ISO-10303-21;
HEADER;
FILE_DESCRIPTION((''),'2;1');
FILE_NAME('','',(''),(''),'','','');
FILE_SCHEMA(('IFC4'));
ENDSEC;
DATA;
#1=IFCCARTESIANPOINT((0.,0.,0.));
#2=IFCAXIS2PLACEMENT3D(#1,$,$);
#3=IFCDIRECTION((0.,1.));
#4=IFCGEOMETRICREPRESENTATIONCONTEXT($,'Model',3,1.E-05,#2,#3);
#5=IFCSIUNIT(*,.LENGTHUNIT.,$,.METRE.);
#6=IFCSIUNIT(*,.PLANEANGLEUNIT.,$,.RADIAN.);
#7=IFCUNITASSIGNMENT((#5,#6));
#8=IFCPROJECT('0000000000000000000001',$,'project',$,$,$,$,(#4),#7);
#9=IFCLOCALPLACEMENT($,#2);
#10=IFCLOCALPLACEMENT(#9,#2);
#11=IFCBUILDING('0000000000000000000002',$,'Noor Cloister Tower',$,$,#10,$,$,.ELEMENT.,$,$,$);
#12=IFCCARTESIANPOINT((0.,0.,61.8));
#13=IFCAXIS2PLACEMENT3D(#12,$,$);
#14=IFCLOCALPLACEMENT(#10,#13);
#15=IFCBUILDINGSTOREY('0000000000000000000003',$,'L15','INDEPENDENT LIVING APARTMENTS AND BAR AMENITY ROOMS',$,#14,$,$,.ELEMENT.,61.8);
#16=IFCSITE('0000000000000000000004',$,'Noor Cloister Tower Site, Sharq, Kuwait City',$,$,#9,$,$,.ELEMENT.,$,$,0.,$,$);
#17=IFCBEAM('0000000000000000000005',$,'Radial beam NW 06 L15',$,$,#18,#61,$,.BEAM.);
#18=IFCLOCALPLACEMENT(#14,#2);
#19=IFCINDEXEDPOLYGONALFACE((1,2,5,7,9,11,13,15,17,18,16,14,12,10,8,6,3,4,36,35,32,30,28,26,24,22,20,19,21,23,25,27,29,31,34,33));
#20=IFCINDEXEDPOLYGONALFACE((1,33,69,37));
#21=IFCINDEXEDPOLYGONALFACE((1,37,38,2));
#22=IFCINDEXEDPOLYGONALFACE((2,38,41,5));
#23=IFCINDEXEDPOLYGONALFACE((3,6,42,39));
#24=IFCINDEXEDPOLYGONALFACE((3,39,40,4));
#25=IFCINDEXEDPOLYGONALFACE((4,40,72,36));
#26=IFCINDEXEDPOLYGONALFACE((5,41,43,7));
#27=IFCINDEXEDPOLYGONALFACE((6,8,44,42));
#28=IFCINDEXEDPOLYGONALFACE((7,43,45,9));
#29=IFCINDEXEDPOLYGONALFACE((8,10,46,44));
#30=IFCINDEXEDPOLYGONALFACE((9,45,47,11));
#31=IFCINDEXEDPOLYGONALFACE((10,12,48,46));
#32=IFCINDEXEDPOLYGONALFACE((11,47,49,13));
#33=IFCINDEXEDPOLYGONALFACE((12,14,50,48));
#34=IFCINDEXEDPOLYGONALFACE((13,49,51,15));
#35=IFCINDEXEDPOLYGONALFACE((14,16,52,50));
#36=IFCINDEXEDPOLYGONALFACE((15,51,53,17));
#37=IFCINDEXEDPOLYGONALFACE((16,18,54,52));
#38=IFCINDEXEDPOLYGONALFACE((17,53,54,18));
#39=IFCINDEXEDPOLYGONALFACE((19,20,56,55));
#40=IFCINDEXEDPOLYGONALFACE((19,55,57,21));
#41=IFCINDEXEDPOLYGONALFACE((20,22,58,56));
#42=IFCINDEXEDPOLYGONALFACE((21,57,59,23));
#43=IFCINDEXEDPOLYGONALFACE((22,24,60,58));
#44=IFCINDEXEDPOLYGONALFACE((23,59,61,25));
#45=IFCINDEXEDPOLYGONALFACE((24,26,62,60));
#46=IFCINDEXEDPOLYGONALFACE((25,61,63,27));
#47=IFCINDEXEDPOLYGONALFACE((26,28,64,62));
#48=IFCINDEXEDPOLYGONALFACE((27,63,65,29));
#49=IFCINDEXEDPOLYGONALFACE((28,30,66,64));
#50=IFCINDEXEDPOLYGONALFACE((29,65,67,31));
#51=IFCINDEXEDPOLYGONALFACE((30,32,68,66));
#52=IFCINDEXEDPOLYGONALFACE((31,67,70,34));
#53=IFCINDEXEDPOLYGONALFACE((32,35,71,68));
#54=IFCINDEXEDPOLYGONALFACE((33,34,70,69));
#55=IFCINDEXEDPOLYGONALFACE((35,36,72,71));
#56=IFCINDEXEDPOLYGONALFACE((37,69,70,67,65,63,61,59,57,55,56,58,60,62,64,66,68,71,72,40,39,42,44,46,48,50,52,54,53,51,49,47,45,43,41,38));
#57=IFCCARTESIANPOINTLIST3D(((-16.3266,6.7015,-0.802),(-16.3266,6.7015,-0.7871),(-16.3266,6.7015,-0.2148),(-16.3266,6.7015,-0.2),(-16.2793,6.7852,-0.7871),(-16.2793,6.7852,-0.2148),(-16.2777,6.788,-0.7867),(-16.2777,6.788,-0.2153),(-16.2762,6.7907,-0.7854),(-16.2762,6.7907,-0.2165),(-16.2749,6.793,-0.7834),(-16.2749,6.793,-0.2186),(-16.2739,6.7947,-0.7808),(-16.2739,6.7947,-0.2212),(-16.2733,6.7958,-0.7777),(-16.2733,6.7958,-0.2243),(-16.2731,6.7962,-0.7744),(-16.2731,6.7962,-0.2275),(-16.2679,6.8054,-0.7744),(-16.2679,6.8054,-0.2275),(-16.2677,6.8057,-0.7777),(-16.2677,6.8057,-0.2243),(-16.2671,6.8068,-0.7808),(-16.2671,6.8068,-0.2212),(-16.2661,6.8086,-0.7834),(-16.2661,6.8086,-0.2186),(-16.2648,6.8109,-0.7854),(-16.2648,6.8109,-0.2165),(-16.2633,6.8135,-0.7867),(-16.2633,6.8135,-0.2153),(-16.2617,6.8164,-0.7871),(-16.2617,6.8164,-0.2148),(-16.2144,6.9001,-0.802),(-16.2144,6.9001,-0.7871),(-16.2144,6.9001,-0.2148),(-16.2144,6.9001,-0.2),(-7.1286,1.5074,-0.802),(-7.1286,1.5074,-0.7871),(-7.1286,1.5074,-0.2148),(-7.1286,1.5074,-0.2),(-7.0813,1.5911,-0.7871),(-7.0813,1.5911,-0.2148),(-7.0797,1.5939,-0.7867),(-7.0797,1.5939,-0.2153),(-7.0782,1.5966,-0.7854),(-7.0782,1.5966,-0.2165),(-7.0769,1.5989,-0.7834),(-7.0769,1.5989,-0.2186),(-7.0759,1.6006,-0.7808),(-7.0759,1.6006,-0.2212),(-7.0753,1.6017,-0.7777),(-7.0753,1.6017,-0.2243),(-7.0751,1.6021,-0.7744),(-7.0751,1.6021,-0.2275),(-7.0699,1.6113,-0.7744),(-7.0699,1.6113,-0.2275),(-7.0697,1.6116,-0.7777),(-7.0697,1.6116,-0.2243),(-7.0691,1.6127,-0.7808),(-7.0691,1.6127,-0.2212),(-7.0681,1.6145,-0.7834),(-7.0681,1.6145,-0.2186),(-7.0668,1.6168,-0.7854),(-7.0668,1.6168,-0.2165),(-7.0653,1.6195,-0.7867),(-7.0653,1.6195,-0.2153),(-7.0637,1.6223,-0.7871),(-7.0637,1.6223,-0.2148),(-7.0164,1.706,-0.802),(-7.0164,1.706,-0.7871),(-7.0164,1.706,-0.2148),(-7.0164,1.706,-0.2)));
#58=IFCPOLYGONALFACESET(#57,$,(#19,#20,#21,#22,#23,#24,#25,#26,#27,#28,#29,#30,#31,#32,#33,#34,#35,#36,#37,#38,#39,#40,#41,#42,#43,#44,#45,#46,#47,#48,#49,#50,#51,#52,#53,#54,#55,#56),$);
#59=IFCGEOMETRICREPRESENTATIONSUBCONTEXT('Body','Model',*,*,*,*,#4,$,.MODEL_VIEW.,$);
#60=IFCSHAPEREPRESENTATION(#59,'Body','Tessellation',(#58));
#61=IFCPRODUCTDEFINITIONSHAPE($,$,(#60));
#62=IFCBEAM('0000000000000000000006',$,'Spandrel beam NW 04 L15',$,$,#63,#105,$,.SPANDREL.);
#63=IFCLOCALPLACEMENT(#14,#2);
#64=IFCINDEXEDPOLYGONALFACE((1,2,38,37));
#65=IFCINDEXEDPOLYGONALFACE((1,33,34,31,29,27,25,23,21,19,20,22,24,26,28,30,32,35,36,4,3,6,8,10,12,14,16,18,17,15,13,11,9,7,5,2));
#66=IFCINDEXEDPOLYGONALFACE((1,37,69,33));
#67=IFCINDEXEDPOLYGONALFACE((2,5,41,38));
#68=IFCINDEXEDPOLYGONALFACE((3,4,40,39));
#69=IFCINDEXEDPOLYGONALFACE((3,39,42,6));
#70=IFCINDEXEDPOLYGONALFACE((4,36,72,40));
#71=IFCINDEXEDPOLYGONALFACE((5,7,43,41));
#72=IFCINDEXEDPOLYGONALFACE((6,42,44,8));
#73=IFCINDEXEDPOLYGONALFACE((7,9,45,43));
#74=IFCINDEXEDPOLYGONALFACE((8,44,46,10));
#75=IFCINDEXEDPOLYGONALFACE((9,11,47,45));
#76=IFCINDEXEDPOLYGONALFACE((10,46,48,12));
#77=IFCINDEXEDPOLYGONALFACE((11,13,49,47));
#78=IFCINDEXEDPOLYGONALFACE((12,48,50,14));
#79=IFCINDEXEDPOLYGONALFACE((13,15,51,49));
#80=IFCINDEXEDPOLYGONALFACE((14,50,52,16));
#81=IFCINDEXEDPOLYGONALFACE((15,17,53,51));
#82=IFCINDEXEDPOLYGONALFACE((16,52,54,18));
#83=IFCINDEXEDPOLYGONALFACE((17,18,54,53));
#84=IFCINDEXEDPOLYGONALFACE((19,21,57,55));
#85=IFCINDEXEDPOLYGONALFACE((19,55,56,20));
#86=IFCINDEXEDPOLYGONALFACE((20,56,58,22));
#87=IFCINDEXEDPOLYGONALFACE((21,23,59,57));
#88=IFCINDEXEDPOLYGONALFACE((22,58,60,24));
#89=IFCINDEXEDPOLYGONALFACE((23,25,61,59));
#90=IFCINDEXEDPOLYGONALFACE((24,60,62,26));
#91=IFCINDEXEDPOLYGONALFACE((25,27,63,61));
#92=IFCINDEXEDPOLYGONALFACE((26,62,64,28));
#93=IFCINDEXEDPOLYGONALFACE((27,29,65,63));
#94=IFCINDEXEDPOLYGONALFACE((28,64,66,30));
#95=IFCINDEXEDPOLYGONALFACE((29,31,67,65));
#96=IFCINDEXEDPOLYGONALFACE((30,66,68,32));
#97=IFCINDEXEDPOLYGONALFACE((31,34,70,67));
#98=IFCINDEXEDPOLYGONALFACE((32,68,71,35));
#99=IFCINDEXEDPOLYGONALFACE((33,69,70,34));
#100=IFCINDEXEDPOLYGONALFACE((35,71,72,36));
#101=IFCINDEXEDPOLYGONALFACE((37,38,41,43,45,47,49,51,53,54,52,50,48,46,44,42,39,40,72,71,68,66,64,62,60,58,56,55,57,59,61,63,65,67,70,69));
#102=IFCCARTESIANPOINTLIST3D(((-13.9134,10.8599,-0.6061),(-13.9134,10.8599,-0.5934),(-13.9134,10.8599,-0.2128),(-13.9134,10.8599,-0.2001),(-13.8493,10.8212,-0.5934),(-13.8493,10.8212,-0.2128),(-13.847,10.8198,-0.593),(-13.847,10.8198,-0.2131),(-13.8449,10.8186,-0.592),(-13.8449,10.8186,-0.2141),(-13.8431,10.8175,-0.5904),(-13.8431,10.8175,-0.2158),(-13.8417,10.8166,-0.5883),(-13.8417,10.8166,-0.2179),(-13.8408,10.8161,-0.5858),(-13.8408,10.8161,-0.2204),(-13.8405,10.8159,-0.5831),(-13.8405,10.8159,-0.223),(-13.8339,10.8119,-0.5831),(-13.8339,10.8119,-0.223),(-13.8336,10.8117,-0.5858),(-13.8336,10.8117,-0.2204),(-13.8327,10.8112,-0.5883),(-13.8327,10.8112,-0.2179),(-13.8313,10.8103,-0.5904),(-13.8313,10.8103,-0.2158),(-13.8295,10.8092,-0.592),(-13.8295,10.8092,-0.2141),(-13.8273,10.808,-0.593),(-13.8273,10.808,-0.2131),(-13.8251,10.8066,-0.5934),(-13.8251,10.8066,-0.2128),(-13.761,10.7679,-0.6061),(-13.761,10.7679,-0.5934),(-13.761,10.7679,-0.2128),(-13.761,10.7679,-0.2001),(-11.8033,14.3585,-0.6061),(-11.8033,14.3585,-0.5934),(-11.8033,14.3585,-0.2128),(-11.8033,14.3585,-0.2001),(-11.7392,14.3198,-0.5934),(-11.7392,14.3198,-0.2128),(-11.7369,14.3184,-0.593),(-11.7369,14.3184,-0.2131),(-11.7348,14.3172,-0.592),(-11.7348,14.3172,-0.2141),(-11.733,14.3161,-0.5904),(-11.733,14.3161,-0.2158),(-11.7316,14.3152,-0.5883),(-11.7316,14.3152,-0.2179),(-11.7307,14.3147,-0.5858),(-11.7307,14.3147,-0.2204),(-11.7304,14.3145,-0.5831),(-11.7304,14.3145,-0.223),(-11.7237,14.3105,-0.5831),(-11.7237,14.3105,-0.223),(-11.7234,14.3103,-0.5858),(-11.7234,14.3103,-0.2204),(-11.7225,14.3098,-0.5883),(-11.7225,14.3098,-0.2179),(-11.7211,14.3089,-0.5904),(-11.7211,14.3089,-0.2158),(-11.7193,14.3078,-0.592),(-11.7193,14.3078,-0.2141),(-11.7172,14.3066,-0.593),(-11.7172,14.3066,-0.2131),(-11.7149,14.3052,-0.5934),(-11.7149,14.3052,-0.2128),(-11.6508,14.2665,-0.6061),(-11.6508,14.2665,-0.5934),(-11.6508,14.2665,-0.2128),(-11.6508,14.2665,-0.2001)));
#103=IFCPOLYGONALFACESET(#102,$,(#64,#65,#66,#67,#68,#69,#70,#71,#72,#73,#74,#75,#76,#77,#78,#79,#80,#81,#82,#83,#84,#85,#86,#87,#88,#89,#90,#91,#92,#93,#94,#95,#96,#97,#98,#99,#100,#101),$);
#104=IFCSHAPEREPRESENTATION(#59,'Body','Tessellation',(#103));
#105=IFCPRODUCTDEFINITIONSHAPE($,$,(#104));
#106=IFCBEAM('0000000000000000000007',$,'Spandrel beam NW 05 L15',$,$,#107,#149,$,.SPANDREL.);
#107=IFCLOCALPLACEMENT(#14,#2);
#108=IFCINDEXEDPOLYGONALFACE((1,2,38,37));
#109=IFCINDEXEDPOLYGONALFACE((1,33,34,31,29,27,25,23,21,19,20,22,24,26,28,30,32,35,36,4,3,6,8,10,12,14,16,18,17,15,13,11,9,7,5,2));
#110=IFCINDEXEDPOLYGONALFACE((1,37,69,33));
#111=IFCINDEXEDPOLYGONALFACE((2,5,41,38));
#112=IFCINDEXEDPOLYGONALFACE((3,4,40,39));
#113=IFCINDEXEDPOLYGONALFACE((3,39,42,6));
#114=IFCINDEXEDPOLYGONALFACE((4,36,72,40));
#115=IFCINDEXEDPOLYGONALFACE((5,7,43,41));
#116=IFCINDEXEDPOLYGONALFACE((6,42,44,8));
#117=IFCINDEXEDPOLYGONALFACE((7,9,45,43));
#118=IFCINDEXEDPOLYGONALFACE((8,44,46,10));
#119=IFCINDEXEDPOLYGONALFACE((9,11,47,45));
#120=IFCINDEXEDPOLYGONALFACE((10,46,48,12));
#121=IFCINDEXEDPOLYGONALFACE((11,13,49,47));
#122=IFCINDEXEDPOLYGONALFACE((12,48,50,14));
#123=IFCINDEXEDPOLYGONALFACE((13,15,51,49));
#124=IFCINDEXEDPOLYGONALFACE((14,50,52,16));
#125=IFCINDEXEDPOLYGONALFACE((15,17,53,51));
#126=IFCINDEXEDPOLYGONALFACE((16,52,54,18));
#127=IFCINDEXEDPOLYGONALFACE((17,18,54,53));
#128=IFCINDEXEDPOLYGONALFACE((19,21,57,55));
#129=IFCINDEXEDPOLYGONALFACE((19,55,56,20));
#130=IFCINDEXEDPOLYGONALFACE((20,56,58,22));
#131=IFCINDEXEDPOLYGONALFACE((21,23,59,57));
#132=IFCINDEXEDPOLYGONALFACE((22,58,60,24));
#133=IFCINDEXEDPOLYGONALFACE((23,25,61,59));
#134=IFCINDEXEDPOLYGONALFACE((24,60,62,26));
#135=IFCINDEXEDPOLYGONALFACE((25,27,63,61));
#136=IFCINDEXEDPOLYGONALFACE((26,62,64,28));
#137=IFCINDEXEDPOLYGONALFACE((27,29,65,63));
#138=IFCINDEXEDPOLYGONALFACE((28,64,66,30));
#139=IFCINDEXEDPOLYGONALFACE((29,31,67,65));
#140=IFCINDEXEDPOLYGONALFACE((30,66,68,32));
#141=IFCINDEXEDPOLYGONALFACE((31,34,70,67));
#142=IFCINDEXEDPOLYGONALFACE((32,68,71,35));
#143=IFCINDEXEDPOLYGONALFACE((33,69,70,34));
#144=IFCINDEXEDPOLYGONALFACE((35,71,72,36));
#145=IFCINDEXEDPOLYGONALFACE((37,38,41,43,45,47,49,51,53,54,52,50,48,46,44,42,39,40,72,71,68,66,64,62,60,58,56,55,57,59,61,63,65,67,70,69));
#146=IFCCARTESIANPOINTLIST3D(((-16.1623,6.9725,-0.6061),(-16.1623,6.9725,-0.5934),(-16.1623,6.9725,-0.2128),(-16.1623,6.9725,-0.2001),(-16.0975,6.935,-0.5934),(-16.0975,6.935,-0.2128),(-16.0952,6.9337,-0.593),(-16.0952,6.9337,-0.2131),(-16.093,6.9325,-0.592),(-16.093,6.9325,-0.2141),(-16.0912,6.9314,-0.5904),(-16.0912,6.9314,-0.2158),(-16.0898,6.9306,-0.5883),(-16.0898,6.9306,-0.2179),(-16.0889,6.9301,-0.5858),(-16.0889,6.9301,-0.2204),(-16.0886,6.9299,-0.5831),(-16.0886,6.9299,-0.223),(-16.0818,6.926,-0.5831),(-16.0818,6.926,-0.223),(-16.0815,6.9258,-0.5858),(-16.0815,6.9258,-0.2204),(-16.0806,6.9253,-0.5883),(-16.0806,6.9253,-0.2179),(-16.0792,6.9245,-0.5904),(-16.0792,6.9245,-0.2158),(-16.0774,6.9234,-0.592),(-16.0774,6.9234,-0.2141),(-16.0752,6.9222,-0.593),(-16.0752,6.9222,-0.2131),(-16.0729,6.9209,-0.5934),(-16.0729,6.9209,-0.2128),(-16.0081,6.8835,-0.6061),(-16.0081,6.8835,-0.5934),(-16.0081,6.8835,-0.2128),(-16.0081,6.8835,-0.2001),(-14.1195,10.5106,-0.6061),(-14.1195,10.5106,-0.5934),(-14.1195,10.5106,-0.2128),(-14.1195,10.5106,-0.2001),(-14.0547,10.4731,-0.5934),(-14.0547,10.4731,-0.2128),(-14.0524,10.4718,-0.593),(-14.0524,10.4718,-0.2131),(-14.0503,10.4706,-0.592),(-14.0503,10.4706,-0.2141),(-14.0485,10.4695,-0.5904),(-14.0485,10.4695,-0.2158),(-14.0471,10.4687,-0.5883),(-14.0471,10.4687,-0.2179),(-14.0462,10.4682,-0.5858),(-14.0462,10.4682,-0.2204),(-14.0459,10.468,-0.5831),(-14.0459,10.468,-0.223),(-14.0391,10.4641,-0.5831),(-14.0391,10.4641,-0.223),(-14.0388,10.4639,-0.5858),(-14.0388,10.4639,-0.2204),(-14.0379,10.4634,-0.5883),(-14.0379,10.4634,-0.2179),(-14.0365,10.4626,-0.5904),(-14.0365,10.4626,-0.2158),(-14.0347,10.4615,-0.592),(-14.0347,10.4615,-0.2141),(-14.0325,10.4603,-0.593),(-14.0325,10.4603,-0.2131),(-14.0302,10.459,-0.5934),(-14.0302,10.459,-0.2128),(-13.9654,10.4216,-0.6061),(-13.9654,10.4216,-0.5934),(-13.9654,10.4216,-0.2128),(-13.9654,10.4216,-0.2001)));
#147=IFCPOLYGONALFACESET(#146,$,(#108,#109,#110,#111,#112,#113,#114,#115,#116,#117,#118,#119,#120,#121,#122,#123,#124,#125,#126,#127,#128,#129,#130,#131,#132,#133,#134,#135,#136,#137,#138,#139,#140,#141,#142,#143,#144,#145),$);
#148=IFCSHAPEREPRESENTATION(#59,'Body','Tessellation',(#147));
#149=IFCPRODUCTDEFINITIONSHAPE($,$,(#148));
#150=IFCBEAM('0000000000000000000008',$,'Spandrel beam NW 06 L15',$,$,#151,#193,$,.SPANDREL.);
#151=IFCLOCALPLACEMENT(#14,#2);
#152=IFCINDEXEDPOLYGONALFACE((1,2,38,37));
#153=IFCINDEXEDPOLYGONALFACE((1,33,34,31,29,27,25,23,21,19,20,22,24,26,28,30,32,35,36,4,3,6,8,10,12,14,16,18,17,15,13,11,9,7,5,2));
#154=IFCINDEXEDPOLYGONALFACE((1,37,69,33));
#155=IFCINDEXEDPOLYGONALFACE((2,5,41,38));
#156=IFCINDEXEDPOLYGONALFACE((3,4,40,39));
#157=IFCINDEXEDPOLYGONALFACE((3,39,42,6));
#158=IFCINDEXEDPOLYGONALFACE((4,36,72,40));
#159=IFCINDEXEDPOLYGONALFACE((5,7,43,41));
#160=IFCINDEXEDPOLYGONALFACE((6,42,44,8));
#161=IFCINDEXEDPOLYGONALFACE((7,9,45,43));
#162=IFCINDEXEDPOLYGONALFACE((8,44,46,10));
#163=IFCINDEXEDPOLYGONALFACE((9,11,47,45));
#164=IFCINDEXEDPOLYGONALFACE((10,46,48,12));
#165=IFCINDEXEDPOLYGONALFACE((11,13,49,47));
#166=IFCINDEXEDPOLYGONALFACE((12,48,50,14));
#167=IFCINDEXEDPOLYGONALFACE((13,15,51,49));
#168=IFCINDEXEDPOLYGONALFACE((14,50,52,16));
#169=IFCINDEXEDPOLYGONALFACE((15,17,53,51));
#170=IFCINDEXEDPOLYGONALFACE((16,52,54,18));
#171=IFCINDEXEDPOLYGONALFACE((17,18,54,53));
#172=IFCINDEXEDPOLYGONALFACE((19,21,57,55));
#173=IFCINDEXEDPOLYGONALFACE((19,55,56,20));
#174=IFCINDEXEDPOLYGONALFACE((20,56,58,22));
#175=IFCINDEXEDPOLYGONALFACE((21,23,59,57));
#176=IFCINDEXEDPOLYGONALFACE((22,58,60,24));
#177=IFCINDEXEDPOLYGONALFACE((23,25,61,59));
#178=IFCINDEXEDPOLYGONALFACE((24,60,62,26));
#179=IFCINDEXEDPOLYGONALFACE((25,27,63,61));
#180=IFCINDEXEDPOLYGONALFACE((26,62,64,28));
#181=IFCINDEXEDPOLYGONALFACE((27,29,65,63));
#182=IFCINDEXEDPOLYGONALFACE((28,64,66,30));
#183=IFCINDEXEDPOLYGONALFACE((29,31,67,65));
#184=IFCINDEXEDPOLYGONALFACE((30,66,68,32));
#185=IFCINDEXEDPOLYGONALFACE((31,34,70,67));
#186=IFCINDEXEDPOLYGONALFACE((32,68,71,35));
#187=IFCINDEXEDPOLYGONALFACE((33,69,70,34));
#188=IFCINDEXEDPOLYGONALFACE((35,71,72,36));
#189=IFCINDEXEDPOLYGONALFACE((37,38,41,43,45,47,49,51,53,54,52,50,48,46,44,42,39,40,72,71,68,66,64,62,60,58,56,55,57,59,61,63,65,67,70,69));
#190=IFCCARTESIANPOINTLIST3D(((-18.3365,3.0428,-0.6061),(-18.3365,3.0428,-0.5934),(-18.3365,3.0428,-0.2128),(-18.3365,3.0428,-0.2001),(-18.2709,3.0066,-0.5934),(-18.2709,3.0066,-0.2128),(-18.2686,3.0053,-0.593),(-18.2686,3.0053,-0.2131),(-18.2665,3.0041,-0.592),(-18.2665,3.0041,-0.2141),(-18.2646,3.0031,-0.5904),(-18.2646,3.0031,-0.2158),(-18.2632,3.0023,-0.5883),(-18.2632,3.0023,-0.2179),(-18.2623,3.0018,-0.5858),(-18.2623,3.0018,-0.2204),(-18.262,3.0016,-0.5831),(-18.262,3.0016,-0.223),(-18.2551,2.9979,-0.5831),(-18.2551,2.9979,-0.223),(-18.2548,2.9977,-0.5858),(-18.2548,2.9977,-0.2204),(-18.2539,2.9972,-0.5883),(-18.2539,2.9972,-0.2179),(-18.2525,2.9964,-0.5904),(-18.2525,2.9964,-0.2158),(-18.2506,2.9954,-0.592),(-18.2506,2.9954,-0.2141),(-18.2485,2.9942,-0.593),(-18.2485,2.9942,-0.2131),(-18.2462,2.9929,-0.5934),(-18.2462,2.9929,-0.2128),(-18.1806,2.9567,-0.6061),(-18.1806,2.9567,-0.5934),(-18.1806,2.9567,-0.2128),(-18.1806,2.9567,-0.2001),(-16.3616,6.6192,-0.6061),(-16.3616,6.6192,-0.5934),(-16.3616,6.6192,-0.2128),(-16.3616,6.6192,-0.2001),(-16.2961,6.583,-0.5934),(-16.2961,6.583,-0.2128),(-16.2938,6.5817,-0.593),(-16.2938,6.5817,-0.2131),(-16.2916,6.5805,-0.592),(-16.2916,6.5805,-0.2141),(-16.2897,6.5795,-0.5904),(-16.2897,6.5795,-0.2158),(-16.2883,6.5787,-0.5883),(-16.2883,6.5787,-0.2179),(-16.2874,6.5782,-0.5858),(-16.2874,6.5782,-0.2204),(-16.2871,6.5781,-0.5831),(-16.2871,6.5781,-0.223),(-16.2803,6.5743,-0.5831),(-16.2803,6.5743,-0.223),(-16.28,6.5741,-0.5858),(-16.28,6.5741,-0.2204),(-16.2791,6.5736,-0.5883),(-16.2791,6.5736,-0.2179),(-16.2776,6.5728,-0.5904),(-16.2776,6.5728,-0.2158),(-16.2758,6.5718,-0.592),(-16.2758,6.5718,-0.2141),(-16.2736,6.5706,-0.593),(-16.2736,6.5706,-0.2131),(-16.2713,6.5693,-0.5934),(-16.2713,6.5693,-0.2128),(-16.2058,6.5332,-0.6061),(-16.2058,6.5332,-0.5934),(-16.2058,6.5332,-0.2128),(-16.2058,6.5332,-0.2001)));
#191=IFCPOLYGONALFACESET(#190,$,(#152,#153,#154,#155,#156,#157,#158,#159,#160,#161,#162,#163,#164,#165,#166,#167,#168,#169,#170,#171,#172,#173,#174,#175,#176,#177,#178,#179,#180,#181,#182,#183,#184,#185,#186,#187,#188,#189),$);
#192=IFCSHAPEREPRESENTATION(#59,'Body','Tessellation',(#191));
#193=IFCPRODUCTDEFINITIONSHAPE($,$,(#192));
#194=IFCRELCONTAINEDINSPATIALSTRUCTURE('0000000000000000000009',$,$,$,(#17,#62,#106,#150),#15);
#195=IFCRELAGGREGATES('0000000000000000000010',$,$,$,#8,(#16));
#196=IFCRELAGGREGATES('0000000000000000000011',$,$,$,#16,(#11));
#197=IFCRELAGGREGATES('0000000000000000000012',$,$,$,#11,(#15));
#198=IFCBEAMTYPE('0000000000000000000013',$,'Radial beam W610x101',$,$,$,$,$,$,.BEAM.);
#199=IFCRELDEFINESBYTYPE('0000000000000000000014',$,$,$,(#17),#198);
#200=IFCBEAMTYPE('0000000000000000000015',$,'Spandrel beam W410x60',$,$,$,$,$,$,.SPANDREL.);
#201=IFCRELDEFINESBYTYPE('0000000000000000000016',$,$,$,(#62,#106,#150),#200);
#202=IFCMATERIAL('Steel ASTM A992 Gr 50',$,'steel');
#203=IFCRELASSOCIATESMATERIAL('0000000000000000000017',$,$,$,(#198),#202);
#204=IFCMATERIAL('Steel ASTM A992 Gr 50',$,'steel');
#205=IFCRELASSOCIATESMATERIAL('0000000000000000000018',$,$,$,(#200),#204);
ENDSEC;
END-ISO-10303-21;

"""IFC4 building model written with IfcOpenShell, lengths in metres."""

from ifc_helpers import new_model, si_unit, direction, frame, origin, origin_2d, place, context, subcontext, project, spatial, i_section, extrude, material, material_profile, profile_set, type_object, element, save


model = new_model("IFC4")

# Units and contexts
model_context = context("Model", 3, precision=1e-05, world=origin(), true_north=direction((0.0, 1.0)))
body_context = subcontext(model_context, "Body", "Model", "MODEL_VIEW")
ifc_project = project(units=[si_unit("LENGTHUNIT", "METRE"), si_unit("PLANEANGLEUNIT", "RADIAN")], contexts=[model_context])

# Site, building, storey
site_placement = place(None, origin())
site = spatial("IfcSite", under=ifc_project, at=site_placement, Name="Noor Cloister Tower Site, Sharq, Kuwait City", CompositionType="ELEMENT", RefElevation=0.0)
building_placement = place(site_placement, origin())
building = spatial("IfcBuilding", under=site, at=building_placement, Name="Noor Cloister Tower", CompositionType="ELEMENT")
storey_placement = place(building_placement, frame((0.0, 0.0, 61.8)))
storey = spatial("IfcBuildingStorey", under=building, at=storey_placement, Name="L15", Description="INDEPENDENT LIVING APARTMENTS AND BAR AMENITY ROOMS", CompositionType="ELEMENT", Elevation=61.8)

# Beams
ifc_material_1 = material(Name="Steel ASTM A992 Gr 50", Category="steel")
ifc_material_profile_1 = material_profile(ifc_material_1, i_section(OverallWidth=0.228, OverallDepth=0.6021, WebThickness=0.0105, FlangeThickness=0.0149, FilletRadius=0.0127, at=origin_2d()), Name="W610x101")
ifc_profile_set_1 = profile_set([ifc_material_profile_1], Name="Steel ASTM A992 Gr 50")
beam_type_1 = type_object("IfcBeamType", Name="Radial beam W610x101", PredefinedType="BEAM", material=ifc_profile_set_1)
beam_1_placement = place(storey_placement, frame((-16.2705, 6.8008, -0.501), z_axis=(0.870756, -0.491715, 0.0), x_axis=(0.491715, 0.870756, 0.0)))
element("IfcBeam", 1, at=beam_1_placement, inside=storey, type_object=beam_type_1, Name="Radial beam NW 06 L15", PredefinedType="BEAM", context=body_context, shape_type="SweptSolid", body=[
    extrude(i_section(OverallWidth=0.228, OverallDepth=0.6021, WebThickness=0.0105, FlangeThickness=0.0149, FilletRadius=0.0127, at=origin_2d()), origin(), (0.0, 0.0, 1.0), 10.5632),
])
ifc_material_2 = material(Name="Steel ASTM A992 Gr 50", Category="steel")
ifc_material_profile_2 = material_profile(ifc_material_2, i_section(OverallWidth=0.178, OverallDepth=0.406, WebThickness=0.0078, FlangeThickness=0.0127, FilletRadius=0.0103, at=origin_2d()), Name="W410x60")
ifc_profile_set_2 = profile_set([ifc_material_profile_2], Name="Steel ASTM A992 Gr 50")
beam_type_2 = type_object("IfcBeamType", Name="Spandrel beam W410x60", PredefinedType="SPANDREL", material=ifc_profile_set_2)
beam_2_placement = place(storey_placement, frame((-11.7271, 14.3125, -0.4031), z_axis=(-0.516472, -0.856304, 0.0), x_axis=(0.856304, -0.516472, 0.0)))
element("IfcBeam", 2, at=beam_2_placement, inside=storey, type_object=beam_type_2, Name="Spandrel beam NW 04 L15", PredefinedType="SPANDREL", context=body_context, shape_type="SweptSolid", body=[
    extrude(i_section(OverallWidth=0.178, OverallDepth=0.406, WebThickness=0.0078, FlangeThickness=0.0127, FilletRadius=0.0103, at=origin_2d()), origin(), (0.0, 0.0, 1.0), 4.0857),
])
for number, where, z_axis, x_axis, name in (
    (3, (-14.0425, 10.4661, -0.4031), (-0.500002, -0.866024, 0.0), (0.866024, -0.500002, 0.0), "Spandrel beam NW 05 L15"),
    (4, (-16.2837, 6.5762, -0.4031), (-0.483389, -0.875406, 0.0), (0.875406, -0.483389, 0.0), "Spandrel beam NW 06 L15"),
):
    element("IfcBeam", number, at=place(storey_placement, frame(where, z_axis=z_axis, x_axis=x_axis)), inside=storey, type_object=beam_type_2, Name=name, PredefinedType="SPANDREL", context=body_context, shape_type="SweptSolid", body=[
        extrude(i_section(OverallWidth=0.178, OverallDepth=0.406, WebThickness=0.0078, FlangeThickness=0.0127, FilletRadius=0.0103, at=origin_2d()), origin(), (0.0, 0.0, 1.0), 4.0854),
    ])

save(model, "model.ifc")
